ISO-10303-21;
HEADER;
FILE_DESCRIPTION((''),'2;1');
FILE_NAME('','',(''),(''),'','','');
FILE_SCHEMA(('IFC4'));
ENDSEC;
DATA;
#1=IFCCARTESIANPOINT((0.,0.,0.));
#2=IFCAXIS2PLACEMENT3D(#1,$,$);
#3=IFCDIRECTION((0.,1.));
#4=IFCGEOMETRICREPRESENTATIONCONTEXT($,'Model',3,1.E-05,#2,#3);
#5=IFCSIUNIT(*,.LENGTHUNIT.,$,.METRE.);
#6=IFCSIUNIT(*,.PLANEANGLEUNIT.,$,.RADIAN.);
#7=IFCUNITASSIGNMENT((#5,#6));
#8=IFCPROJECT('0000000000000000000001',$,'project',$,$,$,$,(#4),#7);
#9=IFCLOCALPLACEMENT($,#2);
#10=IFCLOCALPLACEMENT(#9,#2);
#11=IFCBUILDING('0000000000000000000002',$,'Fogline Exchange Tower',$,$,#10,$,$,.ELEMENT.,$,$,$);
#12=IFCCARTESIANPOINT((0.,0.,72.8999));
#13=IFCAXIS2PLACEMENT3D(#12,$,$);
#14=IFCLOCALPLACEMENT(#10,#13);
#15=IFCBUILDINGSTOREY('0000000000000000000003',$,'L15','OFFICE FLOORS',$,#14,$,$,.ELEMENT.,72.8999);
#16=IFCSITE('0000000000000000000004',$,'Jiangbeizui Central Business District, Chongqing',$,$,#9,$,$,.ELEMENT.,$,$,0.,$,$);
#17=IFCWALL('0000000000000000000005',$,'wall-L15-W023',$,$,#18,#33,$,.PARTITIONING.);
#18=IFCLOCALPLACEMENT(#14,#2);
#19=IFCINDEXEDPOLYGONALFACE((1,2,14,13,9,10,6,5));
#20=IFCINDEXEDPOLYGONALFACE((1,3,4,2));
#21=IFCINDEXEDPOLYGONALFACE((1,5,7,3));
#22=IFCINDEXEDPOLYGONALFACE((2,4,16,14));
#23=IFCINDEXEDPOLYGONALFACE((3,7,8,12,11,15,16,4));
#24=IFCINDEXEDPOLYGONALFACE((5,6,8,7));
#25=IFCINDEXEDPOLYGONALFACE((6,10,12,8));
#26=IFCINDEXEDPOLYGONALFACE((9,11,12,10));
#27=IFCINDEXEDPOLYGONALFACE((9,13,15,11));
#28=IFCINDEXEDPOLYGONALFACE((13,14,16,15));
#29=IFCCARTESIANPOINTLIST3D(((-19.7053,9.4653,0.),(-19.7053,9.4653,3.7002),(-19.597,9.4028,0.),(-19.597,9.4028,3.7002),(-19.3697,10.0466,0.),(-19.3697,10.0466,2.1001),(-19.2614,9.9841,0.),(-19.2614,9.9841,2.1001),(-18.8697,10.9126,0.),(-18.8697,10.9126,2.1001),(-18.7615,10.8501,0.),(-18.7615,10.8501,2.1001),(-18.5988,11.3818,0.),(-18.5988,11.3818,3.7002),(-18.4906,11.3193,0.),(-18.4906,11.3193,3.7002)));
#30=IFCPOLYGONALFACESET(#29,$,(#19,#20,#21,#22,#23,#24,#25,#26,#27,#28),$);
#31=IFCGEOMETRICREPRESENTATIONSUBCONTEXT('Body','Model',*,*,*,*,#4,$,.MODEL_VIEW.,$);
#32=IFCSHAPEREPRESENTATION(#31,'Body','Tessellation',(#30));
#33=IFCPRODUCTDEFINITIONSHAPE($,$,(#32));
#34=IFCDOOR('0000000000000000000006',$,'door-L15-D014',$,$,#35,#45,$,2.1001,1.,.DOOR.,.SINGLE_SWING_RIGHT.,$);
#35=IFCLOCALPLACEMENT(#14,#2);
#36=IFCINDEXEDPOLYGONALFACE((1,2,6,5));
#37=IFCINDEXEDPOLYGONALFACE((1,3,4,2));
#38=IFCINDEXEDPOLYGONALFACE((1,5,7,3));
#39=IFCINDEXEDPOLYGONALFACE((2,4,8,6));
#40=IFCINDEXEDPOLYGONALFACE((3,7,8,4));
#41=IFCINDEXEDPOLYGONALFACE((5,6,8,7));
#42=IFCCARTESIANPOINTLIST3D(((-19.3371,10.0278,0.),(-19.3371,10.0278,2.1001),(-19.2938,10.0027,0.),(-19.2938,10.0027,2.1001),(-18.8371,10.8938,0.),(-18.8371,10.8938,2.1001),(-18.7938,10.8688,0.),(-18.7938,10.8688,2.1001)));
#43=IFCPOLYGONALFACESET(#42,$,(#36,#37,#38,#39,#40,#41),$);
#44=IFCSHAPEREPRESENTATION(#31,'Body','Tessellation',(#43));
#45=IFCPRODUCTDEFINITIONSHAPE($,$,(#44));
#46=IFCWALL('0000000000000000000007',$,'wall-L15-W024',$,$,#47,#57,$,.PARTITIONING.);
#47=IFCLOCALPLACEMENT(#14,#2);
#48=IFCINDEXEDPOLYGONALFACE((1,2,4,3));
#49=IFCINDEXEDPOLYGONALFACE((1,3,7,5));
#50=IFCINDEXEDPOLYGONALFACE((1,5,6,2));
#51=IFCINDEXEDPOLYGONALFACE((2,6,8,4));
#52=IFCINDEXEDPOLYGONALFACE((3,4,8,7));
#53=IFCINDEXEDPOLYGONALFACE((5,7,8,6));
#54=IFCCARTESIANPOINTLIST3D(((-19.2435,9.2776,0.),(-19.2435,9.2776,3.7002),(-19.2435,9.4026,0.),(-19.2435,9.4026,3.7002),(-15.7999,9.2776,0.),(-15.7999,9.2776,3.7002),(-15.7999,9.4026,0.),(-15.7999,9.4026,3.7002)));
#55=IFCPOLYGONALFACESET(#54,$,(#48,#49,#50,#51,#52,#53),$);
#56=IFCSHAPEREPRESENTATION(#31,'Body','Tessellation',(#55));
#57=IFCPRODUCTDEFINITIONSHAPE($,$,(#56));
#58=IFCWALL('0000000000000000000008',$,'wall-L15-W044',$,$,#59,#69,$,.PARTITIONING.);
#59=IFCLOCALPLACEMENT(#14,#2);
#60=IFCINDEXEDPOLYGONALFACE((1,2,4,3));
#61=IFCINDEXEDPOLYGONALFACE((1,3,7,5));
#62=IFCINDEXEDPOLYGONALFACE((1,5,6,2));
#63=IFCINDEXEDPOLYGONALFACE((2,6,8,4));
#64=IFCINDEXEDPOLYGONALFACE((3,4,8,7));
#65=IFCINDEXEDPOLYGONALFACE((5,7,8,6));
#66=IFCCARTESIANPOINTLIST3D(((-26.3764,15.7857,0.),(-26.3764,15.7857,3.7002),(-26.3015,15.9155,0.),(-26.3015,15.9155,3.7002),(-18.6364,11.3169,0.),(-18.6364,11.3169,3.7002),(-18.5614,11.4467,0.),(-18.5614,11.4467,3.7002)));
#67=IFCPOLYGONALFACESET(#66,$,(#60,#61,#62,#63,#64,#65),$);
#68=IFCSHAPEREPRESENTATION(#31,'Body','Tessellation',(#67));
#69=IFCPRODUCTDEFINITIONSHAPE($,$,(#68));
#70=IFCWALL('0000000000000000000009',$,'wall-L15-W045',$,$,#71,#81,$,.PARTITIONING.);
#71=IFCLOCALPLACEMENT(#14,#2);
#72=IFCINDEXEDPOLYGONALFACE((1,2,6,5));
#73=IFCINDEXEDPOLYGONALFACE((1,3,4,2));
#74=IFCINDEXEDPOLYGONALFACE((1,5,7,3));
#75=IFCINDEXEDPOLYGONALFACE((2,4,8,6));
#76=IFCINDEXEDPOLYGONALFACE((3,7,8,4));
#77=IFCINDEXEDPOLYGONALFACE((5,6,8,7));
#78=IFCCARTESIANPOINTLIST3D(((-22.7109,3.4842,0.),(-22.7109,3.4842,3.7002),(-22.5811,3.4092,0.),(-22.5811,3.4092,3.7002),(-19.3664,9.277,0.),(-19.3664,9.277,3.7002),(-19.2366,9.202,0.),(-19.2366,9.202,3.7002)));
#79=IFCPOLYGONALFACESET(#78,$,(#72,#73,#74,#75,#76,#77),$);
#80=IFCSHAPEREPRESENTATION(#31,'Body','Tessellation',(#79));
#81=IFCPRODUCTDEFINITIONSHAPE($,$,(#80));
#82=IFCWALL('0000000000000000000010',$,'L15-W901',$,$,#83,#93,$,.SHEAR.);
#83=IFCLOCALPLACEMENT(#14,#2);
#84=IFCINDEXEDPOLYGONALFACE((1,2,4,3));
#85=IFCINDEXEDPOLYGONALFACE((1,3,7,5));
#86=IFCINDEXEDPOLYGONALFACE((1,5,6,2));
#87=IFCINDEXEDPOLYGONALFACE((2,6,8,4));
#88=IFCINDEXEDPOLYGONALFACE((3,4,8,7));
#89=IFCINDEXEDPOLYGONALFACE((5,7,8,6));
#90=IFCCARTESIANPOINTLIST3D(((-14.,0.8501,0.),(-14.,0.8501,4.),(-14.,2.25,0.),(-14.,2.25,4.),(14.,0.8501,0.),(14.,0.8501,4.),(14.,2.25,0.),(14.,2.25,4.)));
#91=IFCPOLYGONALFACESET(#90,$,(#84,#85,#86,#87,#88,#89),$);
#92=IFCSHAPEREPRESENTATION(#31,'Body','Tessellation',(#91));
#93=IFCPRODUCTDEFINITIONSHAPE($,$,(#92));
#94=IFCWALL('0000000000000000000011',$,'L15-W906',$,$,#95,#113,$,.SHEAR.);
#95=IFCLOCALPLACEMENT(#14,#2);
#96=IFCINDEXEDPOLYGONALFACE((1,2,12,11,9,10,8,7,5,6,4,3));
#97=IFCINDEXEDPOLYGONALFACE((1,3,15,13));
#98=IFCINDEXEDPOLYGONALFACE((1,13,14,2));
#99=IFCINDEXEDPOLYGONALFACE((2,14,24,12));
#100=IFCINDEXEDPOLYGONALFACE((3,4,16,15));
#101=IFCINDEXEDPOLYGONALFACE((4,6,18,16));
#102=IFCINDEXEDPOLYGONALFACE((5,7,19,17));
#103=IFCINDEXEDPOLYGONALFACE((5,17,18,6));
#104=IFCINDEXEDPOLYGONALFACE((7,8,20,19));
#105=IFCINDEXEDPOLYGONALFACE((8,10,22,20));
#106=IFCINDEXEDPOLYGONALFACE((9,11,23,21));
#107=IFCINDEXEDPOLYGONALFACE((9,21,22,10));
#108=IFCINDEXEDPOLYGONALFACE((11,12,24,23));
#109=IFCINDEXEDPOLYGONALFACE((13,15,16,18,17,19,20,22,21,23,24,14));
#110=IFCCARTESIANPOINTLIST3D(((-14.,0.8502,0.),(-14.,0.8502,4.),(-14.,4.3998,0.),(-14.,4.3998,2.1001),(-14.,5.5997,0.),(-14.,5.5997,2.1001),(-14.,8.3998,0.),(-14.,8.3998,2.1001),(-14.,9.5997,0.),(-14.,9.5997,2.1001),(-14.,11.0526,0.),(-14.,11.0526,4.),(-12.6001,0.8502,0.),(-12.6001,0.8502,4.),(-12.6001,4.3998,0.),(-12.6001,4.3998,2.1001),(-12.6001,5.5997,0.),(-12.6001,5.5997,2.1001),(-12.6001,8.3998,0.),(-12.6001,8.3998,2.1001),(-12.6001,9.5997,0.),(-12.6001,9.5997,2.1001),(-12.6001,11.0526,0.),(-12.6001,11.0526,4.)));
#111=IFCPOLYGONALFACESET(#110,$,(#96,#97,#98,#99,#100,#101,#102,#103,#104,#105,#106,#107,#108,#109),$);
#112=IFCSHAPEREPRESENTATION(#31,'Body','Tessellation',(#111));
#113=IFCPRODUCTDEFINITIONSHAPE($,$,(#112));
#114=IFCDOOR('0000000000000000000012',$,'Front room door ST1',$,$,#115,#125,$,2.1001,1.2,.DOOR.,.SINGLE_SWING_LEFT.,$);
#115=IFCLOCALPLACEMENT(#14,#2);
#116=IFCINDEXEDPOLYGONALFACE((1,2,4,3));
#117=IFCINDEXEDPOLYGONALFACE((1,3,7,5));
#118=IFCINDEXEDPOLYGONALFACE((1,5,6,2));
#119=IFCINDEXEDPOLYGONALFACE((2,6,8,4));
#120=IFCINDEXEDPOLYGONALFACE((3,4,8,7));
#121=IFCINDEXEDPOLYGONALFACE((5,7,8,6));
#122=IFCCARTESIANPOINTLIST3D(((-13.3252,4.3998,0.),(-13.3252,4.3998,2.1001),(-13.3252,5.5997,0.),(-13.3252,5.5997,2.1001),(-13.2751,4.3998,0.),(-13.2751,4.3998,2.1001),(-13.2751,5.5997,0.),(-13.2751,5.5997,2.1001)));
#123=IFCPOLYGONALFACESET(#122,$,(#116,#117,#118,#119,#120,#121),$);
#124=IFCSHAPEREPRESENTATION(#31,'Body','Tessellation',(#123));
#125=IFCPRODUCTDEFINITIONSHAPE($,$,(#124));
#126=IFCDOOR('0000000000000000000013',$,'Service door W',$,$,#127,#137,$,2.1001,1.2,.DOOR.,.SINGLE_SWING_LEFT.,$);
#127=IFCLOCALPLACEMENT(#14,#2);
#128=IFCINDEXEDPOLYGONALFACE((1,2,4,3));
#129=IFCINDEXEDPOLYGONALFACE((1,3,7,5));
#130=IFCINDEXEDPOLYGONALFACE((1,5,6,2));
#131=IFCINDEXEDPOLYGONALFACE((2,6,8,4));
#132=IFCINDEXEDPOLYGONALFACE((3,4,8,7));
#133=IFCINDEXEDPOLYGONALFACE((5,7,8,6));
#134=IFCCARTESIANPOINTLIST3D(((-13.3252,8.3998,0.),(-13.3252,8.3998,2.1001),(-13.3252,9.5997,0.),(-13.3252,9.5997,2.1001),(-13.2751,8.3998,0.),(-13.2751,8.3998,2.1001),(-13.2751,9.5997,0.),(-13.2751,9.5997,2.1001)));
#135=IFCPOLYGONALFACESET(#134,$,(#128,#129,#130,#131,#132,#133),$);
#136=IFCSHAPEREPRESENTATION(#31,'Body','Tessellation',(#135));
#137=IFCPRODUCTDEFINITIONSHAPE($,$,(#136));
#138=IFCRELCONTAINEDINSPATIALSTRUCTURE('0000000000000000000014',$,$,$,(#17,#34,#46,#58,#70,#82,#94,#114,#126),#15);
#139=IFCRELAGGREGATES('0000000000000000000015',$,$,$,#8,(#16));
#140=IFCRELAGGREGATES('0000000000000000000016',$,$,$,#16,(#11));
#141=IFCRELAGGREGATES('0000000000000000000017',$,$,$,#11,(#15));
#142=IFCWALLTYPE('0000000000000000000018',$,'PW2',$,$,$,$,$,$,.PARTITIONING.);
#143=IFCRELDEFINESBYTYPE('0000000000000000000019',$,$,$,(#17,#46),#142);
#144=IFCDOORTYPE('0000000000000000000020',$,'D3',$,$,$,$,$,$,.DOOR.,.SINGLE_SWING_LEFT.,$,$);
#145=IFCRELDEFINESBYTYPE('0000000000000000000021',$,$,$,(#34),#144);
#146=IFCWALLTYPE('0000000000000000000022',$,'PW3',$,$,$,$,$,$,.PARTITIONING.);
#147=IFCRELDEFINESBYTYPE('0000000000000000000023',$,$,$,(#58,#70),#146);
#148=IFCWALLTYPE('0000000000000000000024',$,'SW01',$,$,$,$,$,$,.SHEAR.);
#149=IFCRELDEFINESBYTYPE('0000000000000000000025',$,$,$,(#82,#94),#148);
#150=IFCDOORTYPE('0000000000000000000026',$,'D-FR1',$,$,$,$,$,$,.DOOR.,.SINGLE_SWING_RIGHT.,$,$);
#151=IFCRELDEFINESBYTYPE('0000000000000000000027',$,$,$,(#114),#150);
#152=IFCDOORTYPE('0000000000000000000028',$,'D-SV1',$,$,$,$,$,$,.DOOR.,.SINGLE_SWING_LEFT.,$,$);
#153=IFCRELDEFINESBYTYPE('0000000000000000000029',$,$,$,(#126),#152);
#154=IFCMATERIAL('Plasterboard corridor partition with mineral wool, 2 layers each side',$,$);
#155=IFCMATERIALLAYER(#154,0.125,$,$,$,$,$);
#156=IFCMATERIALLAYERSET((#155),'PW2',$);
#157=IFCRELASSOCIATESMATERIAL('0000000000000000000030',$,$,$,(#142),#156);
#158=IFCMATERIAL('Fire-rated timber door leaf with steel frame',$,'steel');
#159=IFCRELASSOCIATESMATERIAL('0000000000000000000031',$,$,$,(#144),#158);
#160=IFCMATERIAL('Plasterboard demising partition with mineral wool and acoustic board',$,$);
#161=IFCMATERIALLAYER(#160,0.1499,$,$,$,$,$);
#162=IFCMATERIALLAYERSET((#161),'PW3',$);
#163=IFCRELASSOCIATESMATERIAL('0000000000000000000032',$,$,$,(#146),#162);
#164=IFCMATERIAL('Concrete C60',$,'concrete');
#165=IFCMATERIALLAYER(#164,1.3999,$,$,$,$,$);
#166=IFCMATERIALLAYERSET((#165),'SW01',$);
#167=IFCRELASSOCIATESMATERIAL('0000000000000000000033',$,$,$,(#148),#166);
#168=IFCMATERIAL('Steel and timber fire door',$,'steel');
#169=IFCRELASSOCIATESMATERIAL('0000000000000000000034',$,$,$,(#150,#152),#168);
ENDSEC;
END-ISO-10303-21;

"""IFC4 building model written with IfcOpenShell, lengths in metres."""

from ifc_helpers import new_model, si_unit, direction, frame, frame_2d, origin, place, context, subcontext, project, spatial, rectangle, extrude, material, layer, layer_set, type_object, element, fill, save


model = new_model("IFC4")

# Units and contexts
model_context = context("Model", 3, precision=1e-05, world=origin(), true_north=direction((0.0, 1.0)))
body_context = subcontext(model_context, "Body", "Model", "MODEL_VIEW")
ifc_project = project(units=[si_unit("LENGTHUNIT", "METRE"), si_unit("PLANEANGLEUNIT", "RADIAN")], contexts=[model_context])

# Site, building, storey
site_placement = place(None, origin())
site = spatial("IfcSite", under=ifc_project, at=site_placement, Name="Jiangbeizui Central Business District, Chongqing", CompositionType="ELEMENT", RefElevation=0.0)
building_placement = place(site_placement, origin())
building = spatial("IfcBuilding", under=site, at=building_placement, Name="Fogline Exchange Tower", CompositionType="ELEMENT")
storey_placement = place(building_placement, frame((0.0, 0.0, 72.8999)))
storey = spatial("IfcBuildingStorey", under=building, at=storey_placement, Name="L15", Description="OFFICE FLOORS", CompositionType="ELEMENT", Elevation=72.8999)

# Shared definitions
ifc_material_1 = material(Name="Plasterboard corridor partition with mineral wool, 2 layers each side")
ifc_layer_1 = layer(ifc_material_1, 0.125)
ifc_layer_set_1 = layer_set([ifc_layer_1], Name="PW2")
wall_type_1 = type_object("IfcWallType", Name="PW2", PredefinedType="PARTITIONING", material=ifc_layer_set_1)

# Shared definitions
ifc_material_2 = material(Name="Fire-rated timber door leaf with steel frame", Category="steel")
door_type_1 = type_object("IfcDoorType", Name="D3", OperationType="SINGLE_SWING_LEFT", PredefinedType="DOOR", material=ifc_material_2)

# Wall, opening, door
wall_1_placement = place(storey_placement, frame((-19.6511, 9.4341, 0.0), z_axis=(0.0, 0.0, 1.0), x_axis=(0.499983, 0.866035, 0.0)))
wall_1 = element("IfcWall", 1, at=wall_1_placement, inside=storey, type_object=wall_type_1, Name="wall-L15-W023", PredefinedType="PARTITIONING", context=body_context, shape_type="SweptSolid", body=[
    extrude(rectangle(XDim=2.2129, YDim=0.125, at=frame_2d((1.1064, 0.0))), origin(), (0.0, 0.0, 1.0), 3.7002),
])
opening_1_placement = place(wall_1_placement, frame((0.6711, 0.0, 0.0)))
opening_1 = element("IfcOpeningElement", 2, at=opening_1_placement, cuts=wall_1, PredefinedType="OPENING", context=body_context, shape_type="SweptSolid", body=[
    extrude(rectangle(XDim=1.0, YDim=2.1001, at=frame_2d((0.5, 1.05))), frame((0.0, 0.0725, 0.0), z_axis=(0.0, -1.0, 0.0), x_axis=(1.0, 0.0, 0.0)), (0.0, 0.0, 1.0), 0.145),
])
door_1_placement = place(opening_1_placement, origin())
door_1 = element("IfcDoor", 3, at=door_1_placement, inside=storey, type_object=door_type_1, Name="door-L15-D014", OperationType="SINGLE_SWING_RIGHT", OverallHeight=2.1001, OverallWidth=1.0, PredefinedType="DOOR", context=body_context, shape_type="SweptSolid", body=[
    extrude(rectangle(XDim=1.0, YDim=2.1001, at=frame_2d((0.5, 1.05))), frame((0.0, 0.0249, 0.0), z_axis=(0.0, -1.0, 0.0), x_axis=(1.0, 0.0, 0.0)), (0.0, 0.0, 1.0), 0.05),
])
fill(opening_1, door_1)

# Walls
wall_2_placement = place(storey_placement, frame((-15.8, 9.3401, 0.0), z_axis=(0.0, 0.0, 1.0), x_axis=(-1.0, 0.0, 0.0)))
element("IfcWall", 4, at=wall_2_placement, inside=storey, type_object=wall_type_1, Name="wall-L15-W024", PredefinedType="PARTITIONING", context=body_context, shape_type="SweptSolid", body=[
    extrude(rectangle(XDim=3.4436, YDim=0.125, at=frame_2d((1.7217, 0.0))), origin(), (0.0, 0.0, 1.0), 3.7002),
])
ifc_material_3 = material(Name="Plasterboard demising partition with mineral wool and acoustic board")
ifc_layer_2 = layer(ifc_material_3, 0.1499)
ifc_layer_set_2 = layer_set([ifc_layer_2], Name="PW3")
wall_type_2 = type_object("IfcWallType", Name="PW3", PredefinedType="PARTITIONING", material=ifc_layer_set_2)
wall_3_placement = place(storey_placement, frame((-18.5989, 11.3818, 0.0), z_axis=(0.0, 0.0, 1.0), x_axis=(-0.866022, 0.500005, 0.0)))
element("IfcWall", 5, at=wall_3_placement, inside=storey, type_object=wall_type_2, Name="wall-L15-W044", PredefinedType="PARTITIONING", context=body_context, shape_type="SweptSolid", body=[
    extrude(rectangle(XDim=8.9375, YDim=0.1499, at=frame_2d((4.4688, 0.0))), origin(), (0.0, 0.0, 1.0), 3.7002),
])
wall_4_placement = place(storey_placement, frame((-19.3015, 9.2395, 0.0), z_axis=(0.0, 0.0, 1.0), x_axis=(-0.500006, -0.866022, 0.0)))
element("IfcWall", 6, at=wall_4_placement, inside=storey, type_object=wall_type_2, Name="wall-L15-W045", PredefinedType="PARTITIONING", context=body_context, shape_type="SweptSolid", body=[
    extrude(rectangle(XDim=6.689, YDim=0.1499, at=frame_2d((3.3445, 0.0))), origin(), (0.0, 0.0, 1.0), 3.7002),
])
ifc_material_4 = material(Name="Concrete C60", Category="concrete")
ifc_layer_3 = layer(ifc_material_4, 1.3999)
ifc_layer_set_3 = layer_set([ifc_layer_3], Name="SW01")
wall_type_3 = type_object("IfcWallType", Name="SW01", PredefinedType="SHEAR", material=ifc_layer_set_3)
wall_5_placement = place(storey_placement, frame((-14.0, 1.55, 0.0), z_axis=(0.0, 0.0, 1.0), x_axis=(1.0, 0.0, 0.0)))
element("IfcWall", 7, at=wall_5_placement, inside=storey, type_object=wall_type_3, Name="L15-W901", PredefinedType="SHEAR", context=body_context, shape_type="SweptSolid", body=[
    extrude(rectangle(XDim=28.0, YDim=1.3999, at=frame_2d((14.0, 0.0))), origin(), (0.0, 0.0, 1.0), 4.0),
])

# Wall, openings, doors
wall_6_placement = place(storey_placement, frame((-13.3, 11.0525, 0.0), z_axis=(0.0, 0.0, 1.0), x_axis=(0.0, -1.0, 0.0)))
wall_6 = element("IfcWall", 8, at=wall_6_placement, inside=storey, type_object=wall_type_3, Name="L15-W906", PredefinedType="SHEAR", context=body_context, shape_type="SweptSolid", body=[
    extrude(rectangle(XDim=10.2024, YDim=1.3999, at=frame_2d((5.1011, 0.0))), origin(), (0.0, 0.0, 1.0), 4.0),
])
opening_2_placement = place(wall_6_placement, frame((5.4526, 0.0, 0.0)))
opening_2 = element("IfcOpeningElement", 9, at=opening_2_placement, cuts=wall_6, PredefinedType="OPENING", context=body_context, shape_type="SweptSolid", body=[
    extrude(rectangle(XDim=1.2, YDim=2.1001, at=frame_2d((0.6001, 1.05))), frame((0.0, 0.71, 0.0), z_axis=(0.0, -1.0, 0.0), x_axis=(1.0, 0.0, 0.0)), (0.0, 0.0, 1.0), 1.4199),
])
opening_3_placement = place(wall_6_placement, frame((1.4526, 0.0, 0.0)))
opening_3 = element("IfcOpeningElement", 10, at=opening_3_placement, cuts=wall_6, PredefinedType="OPENING", context=body_context, shape_type="SweptSolid", body=[
    extrude(rectangle(XDim=1.2, YDim=2.1001, at=frame_2d((0.6001, 1.05))), frame((0.0, 0.71, 0.0), z_axis=(0.0, -1.0, 0.0), x_axis=(1.0, 0.0, 0.0)), (0.0, 0.0, 1.0), 1.4199),
])
ifc_material_5 = material(Name="Steel and timber fire door", Category="steel")
door_type_2 = type_object("IfcDoorType", Name="D-FR1", OperationType="SINGLE_SWING_RIGHT", PredefinedType="DOOR", material=ifc_material_5)
door_2_placement = place(opening_2_placement, origin())
door_2 = element("IfcDoor", 11, at=door_2_placement, inside=storey, type_object=door_type_2, Name="Front room door ST1", OperationType="SINGLE_SWING_LEFT", OverallHeight=2.1001, OverallWidth=1.2, PredefinedType="DOOR", context=body_context, shape_type="SweptSolid", body=[
    extrude(rectangle(XDim=1.2, YDim=2.1001, at=frame_2d((0.6001, 1.05))), frame((0.0, 0.0249, 0.0), z_axis=(0.0, -1.0, 0.0), x_axis=(1.0, 0.0, 0.0)), (0.0, 0.0, 1.0), 0.05),
])
fill(opening_2, door_2)
door_type_3 = type_object("IfcDoorType", Name="D-SV1", OperationType="SINGLE_SWING_LEFT", PredefinedType="DOOR", material=ifc_material_5)
door_3_placement = place(opening_3_placement, origin())
door_3 = element("IfcDoor", 12, at=door_3_placement, inside=storey, type_object=door_type_3, Name="Service door W", OperationType="SINGLE_SWING_LEFT", OverallHeight=2.1001, OverallWidth=1.2, PredefinedType="DOOR", context=body_context, shape_type="SweptSolid", body=[
    extrude(rectangle(XDim=1.2, YDim=2.1001, at=frame_2d((0.6001, 1.05))), frame((0.0, 0.0249, 0.0), z_axis=(0.0, -1.0, 0.0), x_axis=(1.0, 0.0, 0.0)), (0.0, 0.0, 1.0), 0.05),
])
fill(opening_3, door_3)

save(model, "model.ifc")
